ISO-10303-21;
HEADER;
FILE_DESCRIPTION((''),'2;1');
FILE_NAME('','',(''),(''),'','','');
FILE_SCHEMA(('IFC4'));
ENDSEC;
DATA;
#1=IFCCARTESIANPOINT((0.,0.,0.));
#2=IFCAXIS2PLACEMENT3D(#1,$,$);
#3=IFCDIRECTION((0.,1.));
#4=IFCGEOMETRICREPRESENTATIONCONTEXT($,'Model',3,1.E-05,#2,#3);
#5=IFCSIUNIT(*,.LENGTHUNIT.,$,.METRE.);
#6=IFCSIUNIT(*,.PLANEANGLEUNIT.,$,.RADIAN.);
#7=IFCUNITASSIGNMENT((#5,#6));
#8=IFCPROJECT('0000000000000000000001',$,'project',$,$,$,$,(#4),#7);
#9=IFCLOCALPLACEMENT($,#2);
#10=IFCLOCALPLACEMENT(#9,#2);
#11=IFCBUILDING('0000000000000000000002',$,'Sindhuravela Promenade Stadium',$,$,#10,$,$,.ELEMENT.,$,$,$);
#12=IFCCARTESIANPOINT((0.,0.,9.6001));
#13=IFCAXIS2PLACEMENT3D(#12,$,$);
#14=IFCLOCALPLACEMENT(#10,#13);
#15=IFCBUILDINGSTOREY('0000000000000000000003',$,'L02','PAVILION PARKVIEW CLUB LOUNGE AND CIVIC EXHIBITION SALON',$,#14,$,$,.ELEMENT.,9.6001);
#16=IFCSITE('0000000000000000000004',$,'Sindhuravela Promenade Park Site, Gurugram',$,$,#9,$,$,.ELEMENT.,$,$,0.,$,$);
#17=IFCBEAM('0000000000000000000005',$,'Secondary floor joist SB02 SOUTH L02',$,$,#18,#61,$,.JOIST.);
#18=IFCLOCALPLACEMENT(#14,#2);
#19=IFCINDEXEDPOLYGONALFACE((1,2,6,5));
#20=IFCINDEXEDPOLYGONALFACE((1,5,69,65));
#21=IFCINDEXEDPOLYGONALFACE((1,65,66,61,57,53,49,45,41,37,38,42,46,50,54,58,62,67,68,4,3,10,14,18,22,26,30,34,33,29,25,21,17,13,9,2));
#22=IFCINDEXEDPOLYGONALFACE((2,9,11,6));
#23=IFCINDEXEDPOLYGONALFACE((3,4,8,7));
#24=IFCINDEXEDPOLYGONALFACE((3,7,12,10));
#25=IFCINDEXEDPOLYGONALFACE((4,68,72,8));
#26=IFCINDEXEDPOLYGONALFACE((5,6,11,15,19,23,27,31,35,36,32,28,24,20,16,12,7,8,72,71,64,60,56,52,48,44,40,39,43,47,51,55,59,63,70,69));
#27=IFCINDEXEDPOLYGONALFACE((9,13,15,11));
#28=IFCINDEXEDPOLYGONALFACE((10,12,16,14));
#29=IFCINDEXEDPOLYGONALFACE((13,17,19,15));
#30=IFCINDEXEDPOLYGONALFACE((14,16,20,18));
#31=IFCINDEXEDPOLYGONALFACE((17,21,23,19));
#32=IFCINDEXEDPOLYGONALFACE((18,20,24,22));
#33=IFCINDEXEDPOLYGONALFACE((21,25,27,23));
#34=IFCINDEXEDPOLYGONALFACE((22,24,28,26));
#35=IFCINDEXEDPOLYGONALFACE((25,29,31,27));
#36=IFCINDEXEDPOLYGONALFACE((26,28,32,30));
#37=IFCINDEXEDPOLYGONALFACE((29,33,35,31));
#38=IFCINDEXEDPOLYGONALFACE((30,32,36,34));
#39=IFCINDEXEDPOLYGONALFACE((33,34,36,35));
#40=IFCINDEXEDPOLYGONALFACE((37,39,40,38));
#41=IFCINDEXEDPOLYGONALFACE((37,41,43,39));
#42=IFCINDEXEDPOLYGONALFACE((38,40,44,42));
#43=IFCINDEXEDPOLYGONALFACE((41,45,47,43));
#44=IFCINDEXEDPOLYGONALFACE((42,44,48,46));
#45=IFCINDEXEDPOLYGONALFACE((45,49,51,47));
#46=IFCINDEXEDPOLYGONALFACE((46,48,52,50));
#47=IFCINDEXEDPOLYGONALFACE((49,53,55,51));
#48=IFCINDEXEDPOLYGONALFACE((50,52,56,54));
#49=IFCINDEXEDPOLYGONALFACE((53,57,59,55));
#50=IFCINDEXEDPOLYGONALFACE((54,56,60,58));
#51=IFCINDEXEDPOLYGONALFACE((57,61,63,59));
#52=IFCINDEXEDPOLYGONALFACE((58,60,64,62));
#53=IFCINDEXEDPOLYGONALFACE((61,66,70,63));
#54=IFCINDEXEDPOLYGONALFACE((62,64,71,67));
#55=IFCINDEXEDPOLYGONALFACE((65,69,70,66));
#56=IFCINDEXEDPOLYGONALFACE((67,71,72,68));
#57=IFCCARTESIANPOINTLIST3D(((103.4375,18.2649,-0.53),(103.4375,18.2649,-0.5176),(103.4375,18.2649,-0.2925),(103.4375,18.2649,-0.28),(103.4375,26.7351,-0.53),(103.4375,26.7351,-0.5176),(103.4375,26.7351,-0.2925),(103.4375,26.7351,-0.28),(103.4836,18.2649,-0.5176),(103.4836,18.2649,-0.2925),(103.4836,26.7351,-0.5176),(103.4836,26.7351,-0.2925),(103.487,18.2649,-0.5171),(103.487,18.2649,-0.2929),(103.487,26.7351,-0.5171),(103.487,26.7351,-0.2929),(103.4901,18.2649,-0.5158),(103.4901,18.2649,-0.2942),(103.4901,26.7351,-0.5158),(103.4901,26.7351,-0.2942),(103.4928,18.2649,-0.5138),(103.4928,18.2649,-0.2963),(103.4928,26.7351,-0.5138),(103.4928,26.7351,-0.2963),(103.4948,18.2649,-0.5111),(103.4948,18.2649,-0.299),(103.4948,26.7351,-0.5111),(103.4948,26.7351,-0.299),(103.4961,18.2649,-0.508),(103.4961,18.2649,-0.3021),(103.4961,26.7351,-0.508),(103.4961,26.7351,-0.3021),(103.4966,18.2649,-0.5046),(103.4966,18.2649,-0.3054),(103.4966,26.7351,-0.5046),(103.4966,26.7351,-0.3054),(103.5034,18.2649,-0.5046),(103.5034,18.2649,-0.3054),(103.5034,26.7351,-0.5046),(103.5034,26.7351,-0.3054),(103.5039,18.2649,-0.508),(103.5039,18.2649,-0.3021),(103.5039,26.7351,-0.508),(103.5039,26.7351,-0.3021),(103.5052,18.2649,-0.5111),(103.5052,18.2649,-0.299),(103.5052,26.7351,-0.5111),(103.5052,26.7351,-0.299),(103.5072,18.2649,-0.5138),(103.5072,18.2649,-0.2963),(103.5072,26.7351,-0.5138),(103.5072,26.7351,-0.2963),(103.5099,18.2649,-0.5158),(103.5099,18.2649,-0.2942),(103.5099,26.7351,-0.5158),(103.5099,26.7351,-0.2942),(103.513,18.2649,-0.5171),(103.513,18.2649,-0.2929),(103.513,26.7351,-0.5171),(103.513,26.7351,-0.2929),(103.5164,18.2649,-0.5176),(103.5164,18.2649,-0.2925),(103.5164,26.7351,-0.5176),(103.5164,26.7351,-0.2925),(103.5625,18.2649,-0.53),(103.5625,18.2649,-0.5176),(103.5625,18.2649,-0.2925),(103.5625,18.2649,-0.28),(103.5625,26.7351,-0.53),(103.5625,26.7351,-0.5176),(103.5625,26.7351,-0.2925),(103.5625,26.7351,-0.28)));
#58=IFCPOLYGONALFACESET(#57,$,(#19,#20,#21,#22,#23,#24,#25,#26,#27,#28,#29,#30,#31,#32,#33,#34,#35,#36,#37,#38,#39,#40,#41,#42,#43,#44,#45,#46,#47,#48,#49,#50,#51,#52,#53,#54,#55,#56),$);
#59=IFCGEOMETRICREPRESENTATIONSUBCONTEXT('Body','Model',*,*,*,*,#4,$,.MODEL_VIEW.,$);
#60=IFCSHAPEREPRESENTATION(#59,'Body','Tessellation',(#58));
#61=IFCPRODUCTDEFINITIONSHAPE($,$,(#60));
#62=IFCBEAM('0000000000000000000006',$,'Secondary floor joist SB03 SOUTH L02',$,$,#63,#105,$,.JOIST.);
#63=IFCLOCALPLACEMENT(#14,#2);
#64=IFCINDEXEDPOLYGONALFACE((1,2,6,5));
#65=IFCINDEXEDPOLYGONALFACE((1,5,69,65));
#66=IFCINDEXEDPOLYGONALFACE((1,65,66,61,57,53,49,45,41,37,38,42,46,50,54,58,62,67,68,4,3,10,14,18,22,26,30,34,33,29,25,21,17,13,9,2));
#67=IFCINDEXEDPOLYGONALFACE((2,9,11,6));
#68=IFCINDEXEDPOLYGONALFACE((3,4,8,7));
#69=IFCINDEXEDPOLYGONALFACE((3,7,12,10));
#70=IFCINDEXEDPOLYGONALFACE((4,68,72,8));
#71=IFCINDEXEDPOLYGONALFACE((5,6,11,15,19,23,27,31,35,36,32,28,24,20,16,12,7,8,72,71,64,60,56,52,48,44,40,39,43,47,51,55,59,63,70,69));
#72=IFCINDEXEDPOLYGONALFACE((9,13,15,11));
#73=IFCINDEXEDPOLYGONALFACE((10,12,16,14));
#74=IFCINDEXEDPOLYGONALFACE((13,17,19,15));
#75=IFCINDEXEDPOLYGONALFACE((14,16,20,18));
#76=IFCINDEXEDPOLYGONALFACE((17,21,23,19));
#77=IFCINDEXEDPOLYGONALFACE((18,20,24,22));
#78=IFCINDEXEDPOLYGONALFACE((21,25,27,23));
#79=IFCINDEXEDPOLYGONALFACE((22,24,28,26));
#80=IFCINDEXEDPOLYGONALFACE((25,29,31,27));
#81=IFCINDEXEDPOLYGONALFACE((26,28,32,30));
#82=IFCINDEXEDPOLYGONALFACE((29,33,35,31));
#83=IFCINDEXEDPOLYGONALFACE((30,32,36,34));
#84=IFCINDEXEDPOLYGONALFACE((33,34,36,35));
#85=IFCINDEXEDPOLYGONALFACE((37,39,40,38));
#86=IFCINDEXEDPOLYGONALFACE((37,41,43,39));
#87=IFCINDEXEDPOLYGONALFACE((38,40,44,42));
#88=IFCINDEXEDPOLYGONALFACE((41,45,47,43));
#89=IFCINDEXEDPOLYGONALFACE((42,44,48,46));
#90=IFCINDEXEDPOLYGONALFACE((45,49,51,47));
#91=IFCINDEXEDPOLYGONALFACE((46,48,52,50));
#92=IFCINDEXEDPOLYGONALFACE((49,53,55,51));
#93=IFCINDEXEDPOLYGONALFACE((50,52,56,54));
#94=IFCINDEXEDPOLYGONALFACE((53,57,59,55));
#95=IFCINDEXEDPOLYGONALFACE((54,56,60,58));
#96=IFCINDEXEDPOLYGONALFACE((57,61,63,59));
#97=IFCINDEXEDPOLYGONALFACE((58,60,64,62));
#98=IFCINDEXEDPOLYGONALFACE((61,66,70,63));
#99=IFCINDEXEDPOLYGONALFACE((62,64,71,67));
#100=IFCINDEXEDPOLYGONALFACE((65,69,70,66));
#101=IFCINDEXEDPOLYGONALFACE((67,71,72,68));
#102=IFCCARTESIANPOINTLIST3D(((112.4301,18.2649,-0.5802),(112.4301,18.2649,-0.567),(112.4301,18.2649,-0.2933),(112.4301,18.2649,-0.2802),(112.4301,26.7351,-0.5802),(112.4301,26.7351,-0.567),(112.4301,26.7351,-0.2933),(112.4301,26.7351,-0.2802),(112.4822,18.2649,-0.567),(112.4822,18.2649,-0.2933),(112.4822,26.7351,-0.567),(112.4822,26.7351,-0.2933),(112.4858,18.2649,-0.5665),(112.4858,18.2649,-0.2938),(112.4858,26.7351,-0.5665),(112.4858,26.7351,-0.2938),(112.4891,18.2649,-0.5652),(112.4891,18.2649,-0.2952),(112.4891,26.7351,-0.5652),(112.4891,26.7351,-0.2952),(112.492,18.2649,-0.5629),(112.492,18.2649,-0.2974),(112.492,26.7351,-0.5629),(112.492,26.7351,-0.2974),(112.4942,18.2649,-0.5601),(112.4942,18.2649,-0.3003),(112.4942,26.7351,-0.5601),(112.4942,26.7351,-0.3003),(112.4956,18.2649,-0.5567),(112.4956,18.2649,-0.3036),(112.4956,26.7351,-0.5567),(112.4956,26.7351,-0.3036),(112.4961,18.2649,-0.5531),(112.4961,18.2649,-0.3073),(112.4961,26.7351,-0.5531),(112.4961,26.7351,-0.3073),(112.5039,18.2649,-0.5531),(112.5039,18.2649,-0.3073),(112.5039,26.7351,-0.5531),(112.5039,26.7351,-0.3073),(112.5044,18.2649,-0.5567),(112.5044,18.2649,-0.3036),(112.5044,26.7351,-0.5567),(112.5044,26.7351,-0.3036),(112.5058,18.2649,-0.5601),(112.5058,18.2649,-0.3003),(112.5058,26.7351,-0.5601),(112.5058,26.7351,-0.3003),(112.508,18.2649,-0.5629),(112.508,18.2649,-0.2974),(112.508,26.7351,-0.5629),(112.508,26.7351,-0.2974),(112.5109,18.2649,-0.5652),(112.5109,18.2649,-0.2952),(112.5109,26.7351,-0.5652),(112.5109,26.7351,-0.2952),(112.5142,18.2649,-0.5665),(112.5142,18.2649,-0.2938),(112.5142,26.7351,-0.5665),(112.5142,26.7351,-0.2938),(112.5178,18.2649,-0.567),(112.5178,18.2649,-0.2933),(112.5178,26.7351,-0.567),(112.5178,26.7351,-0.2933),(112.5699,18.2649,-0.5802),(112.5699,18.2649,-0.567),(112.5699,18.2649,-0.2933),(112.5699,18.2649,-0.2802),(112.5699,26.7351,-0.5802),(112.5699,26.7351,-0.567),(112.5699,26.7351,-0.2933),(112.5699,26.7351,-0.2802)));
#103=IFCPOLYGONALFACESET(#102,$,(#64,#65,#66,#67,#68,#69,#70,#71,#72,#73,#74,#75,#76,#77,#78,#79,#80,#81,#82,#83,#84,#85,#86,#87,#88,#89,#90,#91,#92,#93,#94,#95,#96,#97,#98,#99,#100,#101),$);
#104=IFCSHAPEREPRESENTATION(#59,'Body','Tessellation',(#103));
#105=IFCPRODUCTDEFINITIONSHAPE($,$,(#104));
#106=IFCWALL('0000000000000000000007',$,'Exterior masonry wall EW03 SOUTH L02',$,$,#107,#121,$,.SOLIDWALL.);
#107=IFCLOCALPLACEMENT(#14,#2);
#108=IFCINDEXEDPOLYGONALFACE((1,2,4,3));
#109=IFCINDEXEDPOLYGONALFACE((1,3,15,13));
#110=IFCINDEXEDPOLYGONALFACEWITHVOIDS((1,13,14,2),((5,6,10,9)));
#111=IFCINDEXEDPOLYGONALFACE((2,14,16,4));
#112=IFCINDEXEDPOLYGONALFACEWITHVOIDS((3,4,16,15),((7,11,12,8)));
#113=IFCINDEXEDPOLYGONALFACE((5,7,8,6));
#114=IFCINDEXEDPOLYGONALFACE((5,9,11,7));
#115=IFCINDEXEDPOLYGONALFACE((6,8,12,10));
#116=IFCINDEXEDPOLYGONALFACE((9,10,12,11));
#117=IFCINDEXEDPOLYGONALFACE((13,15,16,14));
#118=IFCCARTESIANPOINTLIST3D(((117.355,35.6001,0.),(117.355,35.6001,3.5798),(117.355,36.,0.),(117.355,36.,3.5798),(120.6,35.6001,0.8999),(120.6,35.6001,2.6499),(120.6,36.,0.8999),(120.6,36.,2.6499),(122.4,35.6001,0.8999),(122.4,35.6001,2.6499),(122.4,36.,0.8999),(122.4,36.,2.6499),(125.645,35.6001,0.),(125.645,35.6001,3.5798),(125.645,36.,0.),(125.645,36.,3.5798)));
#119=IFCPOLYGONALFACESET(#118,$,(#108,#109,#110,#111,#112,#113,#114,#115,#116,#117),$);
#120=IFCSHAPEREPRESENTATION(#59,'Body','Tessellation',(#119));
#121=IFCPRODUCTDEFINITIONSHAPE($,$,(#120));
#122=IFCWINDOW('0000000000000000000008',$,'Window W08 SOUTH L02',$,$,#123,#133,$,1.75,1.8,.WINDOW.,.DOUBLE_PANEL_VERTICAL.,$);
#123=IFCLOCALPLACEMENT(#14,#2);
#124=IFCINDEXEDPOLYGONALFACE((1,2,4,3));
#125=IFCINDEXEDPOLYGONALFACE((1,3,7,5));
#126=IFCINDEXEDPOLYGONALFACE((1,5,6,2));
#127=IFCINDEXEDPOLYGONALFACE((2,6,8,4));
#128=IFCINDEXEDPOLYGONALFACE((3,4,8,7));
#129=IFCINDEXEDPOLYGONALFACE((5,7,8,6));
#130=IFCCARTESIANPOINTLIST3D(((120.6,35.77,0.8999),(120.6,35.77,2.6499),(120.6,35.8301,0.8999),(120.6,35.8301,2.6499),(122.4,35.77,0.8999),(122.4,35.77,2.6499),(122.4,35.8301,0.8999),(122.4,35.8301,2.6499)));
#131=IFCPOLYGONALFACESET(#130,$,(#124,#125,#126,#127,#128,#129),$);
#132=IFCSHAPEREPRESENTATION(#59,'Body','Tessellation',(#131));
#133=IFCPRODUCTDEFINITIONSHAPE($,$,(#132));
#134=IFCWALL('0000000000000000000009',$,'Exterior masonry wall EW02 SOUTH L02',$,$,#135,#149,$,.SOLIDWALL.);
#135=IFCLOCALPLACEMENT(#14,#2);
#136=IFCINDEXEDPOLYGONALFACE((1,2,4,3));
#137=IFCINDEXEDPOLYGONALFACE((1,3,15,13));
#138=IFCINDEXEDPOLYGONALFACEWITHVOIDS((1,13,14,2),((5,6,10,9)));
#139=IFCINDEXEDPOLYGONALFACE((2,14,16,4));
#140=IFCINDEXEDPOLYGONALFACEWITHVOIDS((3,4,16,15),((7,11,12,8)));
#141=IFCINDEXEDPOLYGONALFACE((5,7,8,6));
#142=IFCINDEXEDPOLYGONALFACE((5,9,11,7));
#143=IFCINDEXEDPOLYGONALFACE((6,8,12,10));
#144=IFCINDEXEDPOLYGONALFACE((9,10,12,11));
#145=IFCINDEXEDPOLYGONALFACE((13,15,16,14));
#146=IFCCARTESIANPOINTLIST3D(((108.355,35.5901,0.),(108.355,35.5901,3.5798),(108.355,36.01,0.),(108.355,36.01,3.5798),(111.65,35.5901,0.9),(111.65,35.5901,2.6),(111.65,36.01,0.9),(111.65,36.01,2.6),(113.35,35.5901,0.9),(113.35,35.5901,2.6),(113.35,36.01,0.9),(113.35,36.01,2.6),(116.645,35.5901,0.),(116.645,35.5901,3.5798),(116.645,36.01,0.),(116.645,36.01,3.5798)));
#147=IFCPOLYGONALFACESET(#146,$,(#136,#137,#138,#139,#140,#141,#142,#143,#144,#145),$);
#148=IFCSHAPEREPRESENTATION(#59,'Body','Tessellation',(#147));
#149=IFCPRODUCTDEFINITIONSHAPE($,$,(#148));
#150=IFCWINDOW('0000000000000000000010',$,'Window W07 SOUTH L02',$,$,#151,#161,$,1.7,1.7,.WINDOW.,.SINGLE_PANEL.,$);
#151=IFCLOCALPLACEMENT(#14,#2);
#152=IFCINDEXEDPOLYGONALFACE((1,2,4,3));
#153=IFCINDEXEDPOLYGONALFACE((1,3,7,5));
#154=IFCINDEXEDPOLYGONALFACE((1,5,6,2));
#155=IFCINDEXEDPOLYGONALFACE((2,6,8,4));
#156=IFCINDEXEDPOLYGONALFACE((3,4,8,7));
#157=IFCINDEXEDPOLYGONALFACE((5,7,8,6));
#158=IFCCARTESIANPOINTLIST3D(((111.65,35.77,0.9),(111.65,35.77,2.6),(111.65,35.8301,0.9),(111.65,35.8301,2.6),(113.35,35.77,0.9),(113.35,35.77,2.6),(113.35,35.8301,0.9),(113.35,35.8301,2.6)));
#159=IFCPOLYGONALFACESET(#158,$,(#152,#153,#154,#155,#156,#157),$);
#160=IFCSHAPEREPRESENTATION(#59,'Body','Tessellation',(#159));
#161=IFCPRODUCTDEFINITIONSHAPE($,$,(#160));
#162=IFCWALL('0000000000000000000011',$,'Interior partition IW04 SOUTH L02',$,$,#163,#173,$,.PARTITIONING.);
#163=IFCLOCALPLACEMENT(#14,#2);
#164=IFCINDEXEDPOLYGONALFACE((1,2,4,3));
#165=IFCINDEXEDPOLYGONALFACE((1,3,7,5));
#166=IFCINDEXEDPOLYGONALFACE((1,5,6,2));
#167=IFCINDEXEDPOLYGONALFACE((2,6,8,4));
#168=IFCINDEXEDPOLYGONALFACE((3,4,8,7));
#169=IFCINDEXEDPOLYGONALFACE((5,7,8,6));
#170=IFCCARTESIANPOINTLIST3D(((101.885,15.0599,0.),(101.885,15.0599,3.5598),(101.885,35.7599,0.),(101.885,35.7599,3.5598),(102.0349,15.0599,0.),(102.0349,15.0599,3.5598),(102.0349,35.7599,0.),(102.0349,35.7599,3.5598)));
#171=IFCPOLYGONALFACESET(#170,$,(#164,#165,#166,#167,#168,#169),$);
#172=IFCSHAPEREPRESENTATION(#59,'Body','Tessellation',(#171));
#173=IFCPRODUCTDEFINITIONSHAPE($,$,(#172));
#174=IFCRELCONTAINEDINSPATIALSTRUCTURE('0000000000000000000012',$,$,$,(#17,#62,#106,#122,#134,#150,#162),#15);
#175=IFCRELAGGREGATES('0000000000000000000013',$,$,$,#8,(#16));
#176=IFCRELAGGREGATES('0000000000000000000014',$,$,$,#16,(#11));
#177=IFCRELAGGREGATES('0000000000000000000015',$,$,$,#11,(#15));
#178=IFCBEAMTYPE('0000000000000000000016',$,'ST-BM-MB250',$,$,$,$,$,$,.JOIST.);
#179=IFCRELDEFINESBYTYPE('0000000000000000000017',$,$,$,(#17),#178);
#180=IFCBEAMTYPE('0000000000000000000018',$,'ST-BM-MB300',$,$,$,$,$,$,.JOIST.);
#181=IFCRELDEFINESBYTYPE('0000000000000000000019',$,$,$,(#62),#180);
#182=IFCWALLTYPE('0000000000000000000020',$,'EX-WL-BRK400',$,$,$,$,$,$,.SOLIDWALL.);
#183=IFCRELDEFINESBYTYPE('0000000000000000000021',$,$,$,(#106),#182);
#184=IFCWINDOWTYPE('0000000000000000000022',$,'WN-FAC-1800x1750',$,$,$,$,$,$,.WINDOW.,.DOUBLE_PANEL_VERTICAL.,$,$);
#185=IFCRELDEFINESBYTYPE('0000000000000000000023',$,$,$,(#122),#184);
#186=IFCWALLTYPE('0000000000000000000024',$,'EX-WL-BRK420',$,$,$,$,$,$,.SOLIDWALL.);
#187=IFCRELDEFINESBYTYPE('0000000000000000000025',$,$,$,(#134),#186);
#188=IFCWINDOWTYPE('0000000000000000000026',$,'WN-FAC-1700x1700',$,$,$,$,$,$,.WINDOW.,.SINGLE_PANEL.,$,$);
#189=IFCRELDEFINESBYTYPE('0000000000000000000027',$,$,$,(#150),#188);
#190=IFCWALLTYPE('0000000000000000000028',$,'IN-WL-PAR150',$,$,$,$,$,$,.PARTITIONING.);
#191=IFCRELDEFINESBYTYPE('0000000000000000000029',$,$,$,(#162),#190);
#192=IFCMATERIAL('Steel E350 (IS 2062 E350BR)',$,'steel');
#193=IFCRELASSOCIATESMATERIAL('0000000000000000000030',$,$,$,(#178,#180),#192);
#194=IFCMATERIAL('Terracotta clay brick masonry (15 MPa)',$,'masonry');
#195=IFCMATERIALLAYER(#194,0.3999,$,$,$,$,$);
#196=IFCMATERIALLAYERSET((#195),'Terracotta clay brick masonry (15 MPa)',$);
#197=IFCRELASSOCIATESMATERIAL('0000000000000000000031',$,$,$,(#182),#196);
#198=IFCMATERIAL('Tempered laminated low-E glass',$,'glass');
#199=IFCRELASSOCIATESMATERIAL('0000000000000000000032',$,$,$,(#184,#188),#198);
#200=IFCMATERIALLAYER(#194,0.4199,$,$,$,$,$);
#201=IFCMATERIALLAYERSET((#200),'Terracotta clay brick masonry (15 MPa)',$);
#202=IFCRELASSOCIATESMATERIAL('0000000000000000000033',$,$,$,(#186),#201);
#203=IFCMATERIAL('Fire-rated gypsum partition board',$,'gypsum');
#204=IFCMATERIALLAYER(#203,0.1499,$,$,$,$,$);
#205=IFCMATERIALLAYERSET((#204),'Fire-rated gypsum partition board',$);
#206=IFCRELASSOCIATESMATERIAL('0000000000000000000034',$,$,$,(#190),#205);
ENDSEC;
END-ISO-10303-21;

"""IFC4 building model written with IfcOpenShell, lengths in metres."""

from ifc_helpers import new_model, si_unit, direction, frame, frame_2d, origin, origin_2d, place, context, subcontext, project, spatial, rectangle, i_section, extrude, material, layer, layer_set, material_profile, profile_set, type_object, element, fill, save


model = new_model("IFC4")

# Units and contexts
model_context = context("Model", 3, precision=1e-05, world=origin(), true_north=direction((0.0, 1.0)))
body_context = subcontext(model_context, "Body", "Model", "MODEL_VIEW")
ifc_project = project(units=[si_unit("LENGTHUNIT", "METRE"), si_unit("PLANEANGLEUNIT", "RADIAN")], contexts=[model_context])

# Site, building, storey
site_placement = place(None, origin())
site = spatial("IfcSite", under=ifc_project, at=site_placement, Name="Sindhuravela Promenade Park Site, Gurugram", CompositionType="ELEMENT", RefElevation=0.0)
building_placement = place(site_placement, origin())
building = spatial("IfcBuilding", under=site, at=building_placement, Name="Sindhuravela Promenade Stadium", CompositionType="ELEMENT")
storey_placement = place(building_placement, frame((0.0, 0.0, 9.6001)))
storey = spatial("IfcBuildingStorey", under=building, at=storey_placement, Name="L02", Description="PAVILION PARKVIEW CLUB LOUNGE AND CIVIC EXHIBITION SALON", CompositionType="ELEMENT", Elevation=9.6001)

# Beams
ifc_material_1 = material(Name="Steel E350 (IS 2062 E350BR)", Category="steel")
ifc_material_profile_1 = material_profile(ifc_material_1, i_section(OverallWidth=0.125, OverallDepth=0.25, WebThickness=0.0068, FlangeThickness=0.0125, FilletRadius=0.0129, at=origin_2d()), Name="ISMB 250")
ifc_profile_set_1 = profile_set([ifc_material_profile_1], Name="Steel E350 (IS 2062 E350BR)")
beam_type_1 = type_object("IfcBeamType", Name="ST-BM-MB250", PredefinedType="JOIST", material=ifc_profile_set_1)
beam_1_placement = place(storey_placement, frame((103.5, 18.2649, -0.405), z_axis=(0.0, 1.0, 0.0), x_axis=(-1.0, 0.0, 0.0)))
element("IfcBeam", 1, at=beam_1_placement, inside=storey, type_object=beam_type_1, Name="Secondary floor joist SB02 SOUTH L02", PredefinedType="JOIST", context=body_context, shape_type="SweptSolid", body=[
    extrude(i_section(OverallWidth=0.125, OverallDepth=0.25, WebThickness=0.0068, FlangeThickness=0.0125, FilletRadius=0.0129, at=origin_2d()), origin(), (0.0, 0.0, 1.0), 8.4702),
])
ifc_material_profile_2 = material_profile(ifc_material_1, i_section(OverallWidth=0.1399, OverallDepth=0.3, WebThickness=0.0078, FlangeThickness=0.0132, FilletRadius=0.0139, at=origin_2d()), Name="ISMB 300")
ifc_profile_set_2 = profile_set([ifc_material_profile_2], Name="Steel E350 (IS 2062 E350BR)")
beam_type_2 = type_object("IfcBeamType", Name="ST-BM-MB300", PredefinedType="JOIST", material=ifc_profile_set_2)
beam_2_placement = place(storey_placement, frame((112.5, 18.2649, -0.4302), z_axis=(0.0, 1.0, 0.0), x_axis=(-1.0, 0.0, 0.0)))
element("IfcBeam", 2, at=beam_2_placement, inside=storey, type_object=beam_type_2, Name="Secondary floor joist SB03 SOUTH L02", PredefinedType="JOIST", context=body_context, shape_type="SweptSolid", body=[
    extrude(i_section(OverallWidth=0.1399, OverallDepth=0.3, WebThickness=0.0078, FlangeThickness=0.0132, FilletRadius=0.0139, at=origin_2d()), origin(), (0.0, 0.0, 1.0), 8.4702),
])

# Walls, openings, windows
ifc_material_2 = material(Name="Terracotta clay brick masonry (15 MPa)", Category="masonry")
ifc_layer_1 = layer(ifc_material_2, 0.3999)
ifc_layer_set_1 = layer_set([ifc_layer_1], Name="Terracotta clay brick masonry (15 MPa)")
wall_type_1 = type_object("IfcWallType", Name="EX-WL-BRK400", PredefinedType="SOLIDWALL", material=ifc_layer_set_1)
wall_1_placement = place(storey_placement, frame((117.355, 35.8, 0.0), z_axis=(0.0, 0.0, 1.0), x_axis=(1.0, 0.0, 0.0)))
wall_1 = element("IfcWall", 3, at=wall_1_placement, inside=storey, type_object=wall_type_1, Name="Exterior masonry wall EW03 SOUTH L02", PredefinedType="SOLIDWALL", context=body_context, shape_type="SweptSolid", body=[
    extrude(rectangle(XDim=8.29, YDim=0.3999, at=frame_2d((4.145, 0.0))), origin(), (0.0, 0.0, 1.0), 3.5798),
])
opening_1_placement = place(wall_1_placement, frame((3.2451, 0.0, 0.8999)))
opening_1 = element("IfcOpeningElement", 4, at=opening_1_placement, cuts=wall_1, PredefinedType="OPENING", context=body_context, shape_type="SweptSolid", body=[
    extrude(rectangle(XDim=1.8, YDim=1.75, at=frame_2d((0.8999, 0.875))), frame((0.0, 0.21, 0.0), z_axis=(0.0, -1.0, 0.0), x_axis=(1.0, 0.0, 0.0)), (0.0, 0.0, 1.0), 0.4199),
])
ifc_material_3 = material(Name="Tempered laminated low-E glass", Category="glass")
window_type_1 = type_object("IfcWindowType", Name="WN-FAC-1800x1750", PartitioningType="DOUBLE_PANEL_VERTICAL", PredefinedType="WINDOW", material=ifc_material_3)
window_1_placement = place(opening_1_placement, origin())
window_1 = element("IfcWindow", 5, at=window_1_placement, inside=storey, type_object=window_type_1, Name="Window W08 SOUTH L02", OverallHeight=1.75, OverallWidth=1.8, PartitioningType="DOUBLE_PANEL_VERTICAL", PredefinedType="WINDOW", context=body_context, shape_type="SweptSolid", body=[
    extrude(rectangle(XDim=1.8, YDim=1.75, at=frame_2d((0.8999, 0.875))), frame((0.0, 0.03, 0.0), z_axis=(0.0, -1.0, 0.0), x_axis=(1.0, 0.0, 0.0)), (0.0, 0.0, 1.0), 0.0601),
])
fill(opening_1, window_1)
ifc_layer_2 = layer(ifc_material_2, 0.4199)
ifc_layer_set_2 = layer_set([ifc_layer_2], Name="Terracotta clay brick masonry (15 MPa)")
wall_type_2 = type_object("IfcWallType", Name="EX-WL-BRK420", PredefinedType="SOLIDWALL", material=ifc_layer_set_2)
wall_2_placement = place(storey_placement, frame((108.355, 35.8, 0.0), z_axis=(0.0, 0.0, 1.0), x_axis=(1.0, 0.0, 0.0)))
wall_2 = element("IfcWall", 6, at=wall_2_placement, inside=storey, type_object=wall_type_2, Name="Exterior masonry wall EW02 SOUTH L02", PredefinedType="SOLIDWALL", context=body_context, shape_type="SweptSolid", body=[
    extrude(rectangle(XDim=8.29, YDim=0.4199, at=frame_2d((4.145, 0.0))), origin(), (0.0, 0.0, 1.0), 3.5798),
])
opening_2_placement = place(wall_2_placement, frame((3.2949, 0.0, 0.8999)))
opening_2 = element("IfcOpeningElement", 7, at=opening_2_placement, cuts=wall_2, PredefinedType="OPENING", context=body_context, shape_type="SweptSolid", body=[
    extrude(rectangle(XDim=1.7, YDim=1.7, at=frame_2d((0.8501, 0.8501))), frame((0.0, 0.22, 0.0), z_axis=(0.0, -1.0, 0.0), x_axis=(1.0, 0.0, 0.0)), (0.0, 0.0, 1.0), 0.4399),
])
window_type_2 = type_object("IfcWindowType", Name="WN-FAC-1700x1700", PartitioningType="SINGLE_PANEL", PredefinedType="WINDOW", material=ifc_material_3)
window_2_placement = place(opening_2_placement, origin())
window_2 = element("IfcWindow", 8, at=window_2_placement, inside=storey, type_object=window_type_2, Name="Window W07 SOUTH L02", OverallHeight=1.7, OverallWidth=1.7, PartitioningType="SINGLE_PANEL", PredefinedType="WINDOW", context=body_context, shape_type="SweptSolid", body=[
    extrude(rectangle(XDim=1.7, YDim=1.7, at=frame_2d((0.8501, 0.8501))), frame((0.0, 0.03, 0.0), z_axis=(0.0, -1.0, 0.0), x_axis=(1.0, 0.0, 0.0)), (0.0, 0.0, 1.0), 0.0601),
])
fill(opening_2, window_2)

# Wall
ifc_material_4 = material(Name="Fire-rated gypsum partition board", Category="gypsum")
ifc_layer_3 = layer(ifc_material_4, 0.1499)
ifc_layer_set_3 = layer_set([ifc_layer_3], Name="Fire-rated gypsum partition board")
wall_type_3 = type_object("IfcWallType", Name="IN-WL-PAR150", PredefinedType="PARTITIONING", material=ifc_layer_set_3)
wall_3_placement = place(storey_placement, frame((101.96, 35.76, 0.0), z_axis=(0.0, 0.0, 1.0), x_axis=(0.0, -1.0, 0.0)))
element("IfcWall", 9, at=wall_3_placement, inside=storey, type_object=wall_type_3, Name="Interior partition IW04 SOUTH L02", PredefinedType="PARTITIONING", context=body_context, shape_type="SweptSolid", body=[
    extrude(rectangle(XDim=20.7, YDim=0.1499, at=frame_2d((10.3501, 0.0))), origin(), (0.0, 0.0, 1.0), 3.5598),
])

save(model, "model.ifc")
